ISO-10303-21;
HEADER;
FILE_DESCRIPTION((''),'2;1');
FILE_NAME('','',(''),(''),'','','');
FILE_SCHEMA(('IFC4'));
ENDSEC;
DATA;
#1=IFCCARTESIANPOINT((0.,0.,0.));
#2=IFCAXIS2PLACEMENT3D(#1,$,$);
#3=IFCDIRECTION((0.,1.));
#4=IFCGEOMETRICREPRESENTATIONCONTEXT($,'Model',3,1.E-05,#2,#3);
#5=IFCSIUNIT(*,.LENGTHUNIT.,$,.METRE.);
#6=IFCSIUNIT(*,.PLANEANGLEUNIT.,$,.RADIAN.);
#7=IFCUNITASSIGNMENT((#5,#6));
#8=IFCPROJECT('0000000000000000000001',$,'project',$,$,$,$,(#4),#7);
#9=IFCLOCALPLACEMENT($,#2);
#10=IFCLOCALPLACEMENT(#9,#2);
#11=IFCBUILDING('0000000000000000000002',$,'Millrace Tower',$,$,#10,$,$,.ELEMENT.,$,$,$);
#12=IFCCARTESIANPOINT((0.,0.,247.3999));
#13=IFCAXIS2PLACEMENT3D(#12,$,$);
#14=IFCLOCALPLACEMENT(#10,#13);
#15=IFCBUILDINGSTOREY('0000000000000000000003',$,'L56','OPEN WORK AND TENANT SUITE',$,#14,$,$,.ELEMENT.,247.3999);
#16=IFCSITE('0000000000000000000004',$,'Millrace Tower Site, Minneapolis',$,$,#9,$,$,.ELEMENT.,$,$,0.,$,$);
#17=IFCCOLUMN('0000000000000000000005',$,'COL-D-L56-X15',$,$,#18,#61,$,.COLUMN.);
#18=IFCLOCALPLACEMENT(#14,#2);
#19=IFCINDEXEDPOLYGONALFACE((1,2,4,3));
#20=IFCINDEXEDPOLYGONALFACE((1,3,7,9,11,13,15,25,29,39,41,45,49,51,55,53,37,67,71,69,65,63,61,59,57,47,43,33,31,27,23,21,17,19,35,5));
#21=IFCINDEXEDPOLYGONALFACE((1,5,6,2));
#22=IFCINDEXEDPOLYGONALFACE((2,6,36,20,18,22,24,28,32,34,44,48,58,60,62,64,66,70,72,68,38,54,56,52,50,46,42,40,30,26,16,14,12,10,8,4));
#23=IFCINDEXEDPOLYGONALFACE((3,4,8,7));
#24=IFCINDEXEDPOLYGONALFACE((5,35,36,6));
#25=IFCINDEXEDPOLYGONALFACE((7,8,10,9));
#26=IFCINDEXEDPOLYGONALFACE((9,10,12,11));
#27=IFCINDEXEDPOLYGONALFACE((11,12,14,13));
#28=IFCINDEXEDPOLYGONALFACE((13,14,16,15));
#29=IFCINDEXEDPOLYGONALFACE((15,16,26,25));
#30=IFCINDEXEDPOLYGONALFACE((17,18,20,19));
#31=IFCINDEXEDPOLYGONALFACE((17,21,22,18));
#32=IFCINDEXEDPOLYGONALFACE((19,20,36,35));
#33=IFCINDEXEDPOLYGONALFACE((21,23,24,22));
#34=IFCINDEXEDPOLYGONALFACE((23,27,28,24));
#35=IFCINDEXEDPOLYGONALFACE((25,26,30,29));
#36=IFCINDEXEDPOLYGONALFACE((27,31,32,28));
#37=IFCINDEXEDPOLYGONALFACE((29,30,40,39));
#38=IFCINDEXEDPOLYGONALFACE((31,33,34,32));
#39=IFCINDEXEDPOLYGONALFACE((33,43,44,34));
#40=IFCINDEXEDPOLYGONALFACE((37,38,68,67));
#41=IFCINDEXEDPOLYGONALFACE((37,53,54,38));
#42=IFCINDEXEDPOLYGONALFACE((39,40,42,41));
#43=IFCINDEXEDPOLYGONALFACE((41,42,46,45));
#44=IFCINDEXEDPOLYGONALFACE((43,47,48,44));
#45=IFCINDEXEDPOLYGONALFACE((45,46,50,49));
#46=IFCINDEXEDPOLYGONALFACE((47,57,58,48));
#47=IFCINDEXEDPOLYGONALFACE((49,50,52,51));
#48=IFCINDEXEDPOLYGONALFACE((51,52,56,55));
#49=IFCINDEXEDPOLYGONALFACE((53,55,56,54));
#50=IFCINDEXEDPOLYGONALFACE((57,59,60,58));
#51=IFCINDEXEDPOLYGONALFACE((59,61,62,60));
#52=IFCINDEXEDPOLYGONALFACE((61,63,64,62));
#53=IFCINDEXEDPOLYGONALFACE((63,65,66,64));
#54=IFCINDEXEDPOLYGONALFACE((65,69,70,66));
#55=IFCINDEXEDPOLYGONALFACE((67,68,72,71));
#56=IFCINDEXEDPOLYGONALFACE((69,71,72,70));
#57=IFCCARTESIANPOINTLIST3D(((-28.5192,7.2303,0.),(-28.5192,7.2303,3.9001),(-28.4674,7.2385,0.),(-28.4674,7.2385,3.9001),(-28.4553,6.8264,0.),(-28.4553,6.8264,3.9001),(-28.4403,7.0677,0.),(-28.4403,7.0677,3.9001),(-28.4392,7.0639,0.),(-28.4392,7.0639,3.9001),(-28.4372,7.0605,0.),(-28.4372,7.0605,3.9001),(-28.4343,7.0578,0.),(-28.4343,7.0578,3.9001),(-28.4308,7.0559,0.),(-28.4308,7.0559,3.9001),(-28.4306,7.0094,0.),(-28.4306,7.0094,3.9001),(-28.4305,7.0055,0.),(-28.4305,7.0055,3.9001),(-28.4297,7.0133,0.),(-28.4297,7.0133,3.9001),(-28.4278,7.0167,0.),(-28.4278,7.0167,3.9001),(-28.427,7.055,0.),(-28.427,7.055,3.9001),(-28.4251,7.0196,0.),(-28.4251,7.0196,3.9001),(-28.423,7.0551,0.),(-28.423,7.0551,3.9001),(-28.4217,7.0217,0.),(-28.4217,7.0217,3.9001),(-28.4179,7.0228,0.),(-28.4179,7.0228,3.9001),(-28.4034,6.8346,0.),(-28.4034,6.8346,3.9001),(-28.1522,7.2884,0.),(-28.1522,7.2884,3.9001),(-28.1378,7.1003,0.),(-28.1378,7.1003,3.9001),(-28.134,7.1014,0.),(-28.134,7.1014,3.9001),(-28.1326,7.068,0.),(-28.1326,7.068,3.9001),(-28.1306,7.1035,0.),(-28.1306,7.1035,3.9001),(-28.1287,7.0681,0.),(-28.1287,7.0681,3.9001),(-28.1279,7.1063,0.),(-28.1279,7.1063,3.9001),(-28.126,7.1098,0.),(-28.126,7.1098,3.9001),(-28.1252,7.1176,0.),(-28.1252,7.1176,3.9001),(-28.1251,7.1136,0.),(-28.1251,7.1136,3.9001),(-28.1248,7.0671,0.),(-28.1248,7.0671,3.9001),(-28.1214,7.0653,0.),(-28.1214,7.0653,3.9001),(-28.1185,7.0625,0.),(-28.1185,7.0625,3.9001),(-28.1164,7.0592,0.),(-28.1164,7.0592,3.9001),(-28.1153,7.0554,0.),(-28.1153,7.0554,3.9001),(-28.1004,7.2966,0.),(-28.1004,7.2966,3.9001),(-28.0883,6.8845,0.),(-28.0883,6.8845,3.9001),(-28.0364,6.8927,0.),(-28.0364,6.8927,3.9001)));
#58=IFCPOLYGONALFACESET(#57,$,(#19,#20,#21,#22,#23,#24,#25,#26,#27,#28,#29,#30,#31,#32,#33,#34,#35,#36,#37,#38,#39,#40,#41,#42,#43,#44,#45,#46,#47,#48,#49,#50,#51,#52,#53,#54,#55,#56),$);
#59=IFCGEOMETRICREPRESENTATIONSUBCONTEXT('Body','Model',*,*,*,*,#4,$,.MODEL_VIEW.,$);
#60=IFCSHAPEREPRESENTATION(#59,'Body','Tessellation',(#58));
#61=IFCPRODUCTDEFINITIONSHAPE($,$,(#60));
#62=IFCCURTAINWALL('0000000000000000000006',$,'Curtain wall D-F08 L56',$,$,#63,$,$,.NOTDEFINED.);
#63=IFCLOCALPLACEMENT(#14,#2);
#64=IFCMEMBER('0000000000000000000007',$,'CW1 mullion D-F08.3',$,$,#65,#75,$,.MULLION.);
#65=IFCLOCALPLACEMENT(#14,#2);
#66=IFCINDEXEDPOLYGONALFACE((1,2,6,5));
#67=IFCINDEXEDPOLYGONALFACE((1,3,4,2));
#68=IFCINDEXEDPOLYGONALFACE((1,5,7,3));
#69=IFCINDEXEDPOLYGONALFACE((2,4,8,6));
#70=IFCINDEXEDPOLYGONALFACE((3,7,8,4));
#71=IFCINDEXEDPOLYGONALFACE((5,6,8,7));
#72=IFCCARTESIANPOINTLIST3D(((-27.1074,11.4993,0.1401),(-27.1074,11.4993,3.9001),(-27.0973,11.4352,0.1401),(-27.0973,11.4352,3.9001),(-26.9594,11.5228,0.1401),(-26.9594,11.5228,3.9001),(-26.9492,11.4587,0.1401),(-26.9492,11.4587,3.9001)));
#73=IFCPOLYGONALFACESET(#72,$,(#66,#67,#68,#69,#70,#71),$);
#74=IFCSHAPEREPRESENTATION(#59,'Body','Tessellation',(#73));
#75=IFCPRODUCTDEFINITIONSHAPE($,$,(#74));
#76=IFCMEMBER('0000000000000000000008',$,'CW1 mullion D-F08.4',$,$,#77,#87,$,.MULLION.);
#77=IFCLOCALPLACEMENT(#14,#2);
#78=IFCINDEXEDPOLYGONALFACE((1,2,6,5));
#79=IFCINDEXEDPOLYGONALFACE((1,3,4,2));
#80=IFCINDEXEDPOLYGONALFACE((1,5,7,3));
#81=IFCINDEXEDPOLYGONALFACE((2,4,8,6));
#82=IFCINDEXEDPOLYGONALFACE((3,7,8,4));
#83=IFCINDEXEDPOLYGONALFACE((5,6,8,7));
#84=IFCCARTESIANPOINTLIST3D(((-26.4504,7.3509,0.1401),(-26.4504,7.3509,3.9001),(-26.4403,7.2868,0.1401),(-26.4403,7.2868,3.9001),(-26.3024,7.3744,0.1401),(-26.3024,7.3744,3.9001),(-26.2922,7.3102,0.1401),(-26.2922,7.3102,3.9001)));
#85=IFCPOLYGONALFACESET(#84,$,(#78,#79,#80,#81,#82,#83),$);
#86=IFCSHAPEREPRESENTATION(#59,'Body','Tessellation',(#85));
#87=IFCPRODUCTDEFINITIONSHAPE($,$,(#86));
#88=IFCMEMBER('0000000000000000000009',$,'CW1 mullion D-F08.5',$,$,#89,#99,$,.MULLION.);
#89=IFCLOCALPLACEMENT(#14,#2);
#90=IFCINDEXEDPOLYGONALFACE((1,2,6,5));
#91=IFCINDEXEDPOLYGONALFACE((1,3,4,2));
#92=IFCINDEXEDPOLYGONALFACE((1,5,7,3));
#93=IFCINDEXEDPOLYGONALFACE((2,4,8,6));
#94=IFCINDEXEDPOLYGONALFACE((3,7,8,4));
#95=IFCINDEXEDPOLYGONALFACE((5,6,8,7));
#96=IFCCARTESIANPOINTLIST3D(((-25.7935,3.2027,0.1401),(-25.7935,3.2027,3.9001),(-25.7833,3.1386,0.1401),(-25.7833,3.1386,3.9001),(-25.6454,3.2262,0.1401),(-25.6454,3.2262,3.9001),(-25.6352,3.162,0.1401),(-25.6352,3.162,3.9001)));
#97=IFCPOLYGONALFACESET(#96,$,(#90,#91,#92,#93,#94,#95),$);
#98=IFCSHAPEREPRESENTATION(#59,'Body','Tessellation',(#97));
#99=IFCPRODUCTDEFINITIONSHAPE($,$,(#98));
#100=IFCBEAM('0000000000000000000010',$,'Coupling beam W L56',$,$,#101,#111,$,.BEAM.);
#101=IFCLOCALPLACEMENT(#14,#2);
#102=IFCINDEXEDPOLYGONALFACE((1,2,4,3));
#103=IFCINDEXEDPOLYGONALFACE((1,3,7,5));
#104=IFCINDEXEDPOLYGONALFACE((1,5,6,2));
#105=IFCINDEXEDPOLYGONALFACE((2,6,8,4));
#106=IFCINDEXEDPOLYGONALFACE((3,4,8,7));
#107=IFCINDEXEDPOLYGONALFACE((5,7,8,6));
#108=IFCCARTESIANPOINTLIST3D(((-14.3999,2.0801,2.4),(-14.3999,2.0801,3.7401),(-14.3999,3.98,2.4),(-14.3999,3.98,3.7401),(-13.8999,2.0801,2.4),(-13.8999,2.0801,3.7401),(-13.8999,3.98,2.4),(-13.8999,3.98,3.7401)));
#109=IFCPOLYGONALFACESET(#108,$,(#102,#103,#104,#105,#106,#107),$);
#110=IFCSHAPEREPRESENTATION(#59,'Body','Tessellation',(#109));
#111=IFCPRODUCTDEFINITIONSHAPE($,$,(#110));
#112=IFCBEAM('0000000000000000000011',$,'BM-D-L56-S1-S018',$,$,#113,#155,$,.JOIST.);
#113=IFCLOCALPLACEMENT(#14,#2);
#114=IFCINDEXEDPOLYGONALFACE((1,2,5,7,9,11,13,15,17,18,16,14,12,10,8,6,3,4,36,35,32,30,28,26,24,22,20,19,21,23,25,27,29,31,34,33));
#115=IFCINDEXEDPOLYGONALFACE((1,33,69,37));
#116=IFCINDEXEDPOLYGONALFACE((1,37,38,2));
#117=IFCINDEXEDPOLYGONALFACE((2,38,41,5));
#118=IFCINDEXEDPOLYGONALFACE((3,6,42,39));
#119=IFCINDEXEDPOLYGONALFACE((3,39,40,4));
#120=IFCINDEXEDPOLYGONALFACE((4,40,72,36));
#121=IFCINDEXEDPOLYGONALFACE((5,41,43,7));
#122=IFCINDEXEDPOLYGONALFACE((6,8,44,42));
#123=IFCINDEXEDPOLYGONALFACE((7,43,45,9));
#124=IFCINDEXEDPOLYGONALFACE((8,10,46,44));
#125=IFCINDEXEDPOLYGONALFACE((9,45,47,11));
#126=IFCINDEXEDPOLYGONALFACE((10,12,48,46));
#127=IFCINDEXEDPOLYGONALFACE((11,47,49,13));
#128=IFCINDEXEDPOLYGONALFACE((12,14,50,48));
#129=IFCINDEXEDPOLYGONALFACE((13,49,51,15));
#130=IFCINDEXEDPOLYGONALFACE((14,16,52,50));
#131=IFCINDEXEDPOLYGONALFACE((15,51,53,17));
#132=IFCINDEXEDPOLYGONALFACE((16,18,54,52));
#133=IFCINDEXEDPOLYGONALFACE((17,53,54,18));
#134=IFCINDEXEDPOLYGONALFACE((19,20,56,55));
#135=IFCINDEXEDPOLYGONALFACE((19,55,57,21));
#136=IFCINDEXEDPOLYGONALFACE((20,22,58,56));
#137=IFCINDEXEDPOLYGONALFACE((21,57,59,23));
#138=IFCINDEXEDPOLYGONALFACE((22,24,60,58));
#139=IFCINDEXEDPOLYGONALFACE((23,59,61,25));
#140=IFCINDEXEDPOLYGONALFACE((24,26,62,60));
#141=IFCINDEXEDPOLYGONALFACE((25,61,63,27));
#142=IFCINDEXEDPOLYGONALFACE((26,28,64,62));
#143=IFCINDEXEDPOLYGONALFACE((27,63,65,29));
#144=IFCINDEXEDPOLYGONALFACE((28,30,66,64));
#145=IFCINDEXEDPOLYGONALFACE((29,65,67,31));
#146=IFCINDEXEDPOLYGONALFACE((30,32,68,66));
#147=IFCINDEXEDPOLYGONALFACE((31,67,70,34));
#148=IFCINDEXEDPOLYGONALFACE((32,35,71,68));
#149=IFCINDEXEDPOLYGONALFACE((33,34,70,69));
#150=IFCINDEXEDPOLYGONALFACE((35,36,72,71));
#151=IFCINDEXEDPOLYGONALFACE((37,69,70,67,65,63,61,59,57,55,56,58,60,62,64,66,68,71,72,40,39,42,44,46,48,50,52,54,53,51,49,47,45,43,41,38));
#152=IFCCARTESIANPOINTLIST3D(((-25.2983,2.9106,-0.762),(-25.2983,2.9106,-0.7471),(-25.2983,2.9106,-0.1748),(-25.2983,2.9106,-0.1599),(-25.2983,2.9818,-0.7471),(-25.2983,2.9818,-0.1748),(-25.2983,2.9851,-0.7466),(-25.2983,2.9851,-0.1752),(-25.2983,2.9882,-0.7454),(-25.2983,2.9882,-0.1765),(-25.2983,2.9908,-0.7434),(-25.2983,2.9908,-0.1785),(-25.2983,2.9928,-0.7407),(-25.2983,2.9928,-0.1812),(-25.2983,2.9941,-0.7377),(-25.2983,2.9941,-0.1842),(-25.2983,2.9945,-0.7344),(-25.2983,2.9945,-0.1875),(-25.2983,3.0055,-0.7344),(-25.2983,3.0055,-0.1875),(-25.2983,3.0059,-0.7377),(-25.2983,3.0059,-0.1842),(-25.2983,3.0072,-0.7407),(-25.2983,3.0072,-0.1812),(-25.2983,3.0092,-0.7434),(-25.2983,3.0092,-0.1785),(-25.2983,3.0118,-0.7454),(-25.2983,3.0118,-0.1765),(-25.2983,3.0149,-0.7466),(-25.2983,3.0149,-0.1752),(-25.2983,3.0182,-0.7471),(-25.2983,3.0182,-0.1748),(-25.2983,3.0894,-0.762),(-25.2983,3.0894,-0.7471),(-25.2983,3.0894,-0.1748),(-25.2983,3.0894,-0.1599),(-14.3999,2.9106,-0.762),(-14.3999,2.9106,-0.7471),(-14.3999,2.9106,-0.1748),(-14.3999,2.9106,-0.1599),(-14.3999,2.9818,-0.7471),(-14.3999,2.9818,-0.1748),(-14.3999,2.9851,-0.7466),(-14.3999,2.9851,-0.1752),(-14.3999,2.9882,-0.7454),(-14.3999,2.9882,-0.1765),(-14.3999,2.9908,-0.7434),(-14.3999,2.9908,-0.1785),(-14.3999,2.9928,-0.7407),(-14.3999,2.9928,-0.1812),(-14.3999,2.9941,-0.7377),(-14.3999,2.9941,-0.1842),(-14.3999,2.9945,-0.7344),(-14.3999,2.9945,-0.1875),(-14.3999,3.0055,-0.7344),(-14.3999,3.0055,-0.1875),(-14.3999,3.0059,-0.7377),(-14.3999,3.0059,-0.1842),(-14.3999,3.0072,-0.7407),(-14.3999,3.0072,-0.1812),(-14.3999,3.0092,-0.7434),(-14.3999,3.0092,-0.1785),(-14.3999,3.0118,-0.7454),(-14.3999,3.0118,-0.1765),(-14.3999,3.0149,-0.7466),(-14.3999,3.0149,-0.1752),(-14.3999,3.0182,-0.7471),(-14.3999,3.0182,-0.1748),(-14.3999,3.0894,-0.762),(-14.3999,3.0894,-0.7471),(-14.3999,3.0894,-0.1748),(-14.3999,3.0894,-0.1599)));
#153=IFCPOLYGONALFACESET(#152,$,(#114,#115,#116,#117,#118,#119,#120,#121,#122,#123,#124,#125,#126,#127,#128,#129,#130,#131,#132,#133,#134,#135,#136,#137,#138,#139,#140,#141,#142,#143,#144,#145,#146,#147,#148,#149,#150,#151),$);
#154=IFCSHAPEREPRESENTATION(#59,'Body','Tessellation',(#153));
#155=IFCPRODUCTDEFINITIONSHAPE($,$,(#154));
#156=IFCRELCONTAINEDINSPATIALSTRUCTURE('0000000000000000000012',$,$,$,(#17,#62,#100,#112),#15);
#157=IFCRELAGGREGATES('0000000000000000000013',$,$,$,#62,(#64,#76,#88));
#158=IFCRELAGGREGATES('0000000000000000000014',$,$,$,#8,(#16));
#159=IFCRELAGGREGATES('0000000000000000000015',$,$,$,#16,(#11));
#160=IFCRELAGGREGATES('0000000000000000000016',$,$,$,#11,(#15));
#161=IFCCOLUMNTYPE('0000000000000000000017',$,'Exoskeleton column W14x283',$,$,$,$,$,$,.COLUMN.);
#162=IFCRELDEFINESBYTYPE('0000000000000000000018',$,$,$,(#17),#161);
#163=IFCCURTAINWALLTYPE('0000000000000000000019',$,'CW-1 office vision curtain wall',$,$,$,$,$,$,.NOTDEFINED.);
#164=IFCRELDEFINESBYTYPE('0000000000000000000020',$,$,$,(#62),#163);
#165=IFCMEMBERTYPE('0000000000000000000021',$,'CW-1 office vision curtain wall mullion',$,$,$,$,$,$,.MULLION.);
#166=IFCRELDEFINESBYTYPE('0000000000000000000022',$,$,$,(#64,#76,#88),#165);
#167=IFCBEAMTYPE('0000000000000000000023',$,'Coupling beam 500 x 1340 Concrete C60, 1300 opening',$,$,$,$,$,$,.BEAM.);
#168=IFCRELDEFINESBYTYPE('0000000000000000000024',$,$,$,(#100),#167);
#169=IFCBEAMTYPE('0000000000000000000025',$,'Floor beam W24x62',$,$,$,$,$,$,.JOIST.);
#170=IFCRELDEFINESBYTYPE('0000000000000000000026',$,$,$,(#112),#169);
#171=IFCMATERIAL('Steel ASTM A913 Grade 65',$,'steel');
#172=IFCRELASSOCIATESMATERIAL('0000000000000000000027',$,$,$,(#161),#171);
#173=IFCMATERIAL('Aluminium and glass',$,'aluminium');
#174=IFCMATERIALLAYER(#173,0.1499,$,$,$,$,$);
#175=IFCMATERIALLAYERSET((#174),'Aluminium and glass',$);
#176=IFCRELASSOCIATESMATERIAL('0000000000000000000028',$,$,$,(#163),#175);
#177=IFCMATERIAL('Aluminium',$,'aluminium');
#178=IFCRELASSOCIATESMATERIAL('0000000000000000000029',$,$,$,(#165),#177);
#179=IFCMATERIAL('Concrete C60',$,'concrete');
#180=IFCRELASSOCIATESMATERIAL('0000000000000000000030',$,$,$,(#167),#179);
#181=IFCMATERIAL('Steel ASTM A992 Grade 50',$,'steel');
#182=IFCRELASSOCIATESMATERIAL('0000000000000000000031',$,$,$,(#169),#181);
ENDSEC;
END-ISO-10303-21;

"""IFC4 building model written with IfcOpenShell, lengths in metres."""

from ifc_helpers import new_model, si_unit, direction, frame, origin, origin_2d, place, context, subcontext, project, spatial, rectangle, i_section, extrude, material, layer, layer_set, material_profile, profile_set, type_object, element, aggregate, save


model = new_model("IFC4")

# Units and contexts
model_context = context("Model", 3, precision=1e-05, world=origin(), true_north=direction((0.0, 1.0)))
body_context = subcontext(model_context, "Body", "Model", "MODEL_VIEW")
ifc_project = project(units=[si_unit("LENGTHUNIT", "METRE"), si_unit("PLANEANGLEUNIT", "RADIAN")], contexts=[model_context])

# Site, building, storey
site_placement = place(None, origin())
site = spatial("IfcSite", under=ifc_project, at=site_placement, Name="Millrace Tower Site, Minneapolis", CompositionType="ELEMENT", RefElevation=0.0)
building_placement = place(site_placement, origin())
building = spatial("IfcBuilding", under=site, at=building_placement, Name="Millrace Tower", CompositionType="ELEMENT")
storey_placement = place(building_placement, frame((0.0, 0.0, 247.3999)))
storey = spatial("IfcBuildingStorey", under=building, at=storey_placement, Name="L56", Description="OPEN WORK AND TENANT SUITE", CompositionType="ELEMENT", Elevation=247.3999)

# Column
ifc_material_1 = material(Name="Steel ASTM A913 Grade 65", Category="steel")
ifc_material_profile_1 = material_profile(ifc_material_1, i_section(OverallWidth=0.4089, OverallDepth=0.4241, WebThickness=0.0327, FlangeThickness=0.0525, FilletRadius=0.0151, at=origin_2d()))
ifc_profile_set_1 = profile_set([ifc_material_profile_1], Name="Steel ASTM A913 Grade 65")
column_type = type_object("IfcColumnType", Name="Exoskeleton column W14x283", PredefinedType="COLUMN", material=ifc_profile_set_1)
column_placement = place(storey_placement, frame((-28.2778, 7.0615, 0.0), z_axis=(0.0, 0.0, 1.0), x_axis=(0.156434, -0.987688, 0.0)))
element("IfcColumn", 1, at=column_placement, inside=storey, type_object=column_type, Name="COL-D-L56-X15", PredefinedType="COLUMN", context=body_context, shape_type="SweptSolid", body=[
    extrude(i_section(OverallWidth=0.4089, OverallDepth=0.4241, WebThickness=0.0327, FlangeThickness=0.0525, FilletRadius=0.0151, at=origin_2d()), origin(), (0.0, 0.0, 1.0), 3.9001),
])

# Curtain wall, members
ifc_material_2 = material(Name="Aluminium and glass", Category="aluminium")
ifc_layer_1 = layer(ifc_material_2, 0.1499)
ifc_layer_set_1 = layer_set([ifc_layer_1], Name="Aluminium and glass")
curtain_wall_type = type_object("IfcCurtainWallType", Name="CW-1 office vision curtain wall", PredefinedType="NOTDEFINED", material=ifc_layer_set_1)
placement = place(storey_placement, origin())
curtain_wall = element("IfcCurtainWall", 2, at=placement, inside=storey, type_object=curtain_wall_type, Name="Curtain wall D-F08 L56", PredefinedType="NOTDEFINED")
ifc_material_3 = material(Name="Aluminium", Category="aluminium")
ifc_material_profile_2 = material_profile(ifc_material_3, rectangle(XDim=0.0649, YDim=0.1499, at=origin_2d()))
ifc_profile_set_2 = profile_set([ifc_material_profile_2], Name="Aluminium")
member_type = type_object("IfcMemberType", Name="CW-1 office vision curtain wall mullion", PredefinedType="MULLION", material=ifc_profile_set_2)
member_1_placement = place(storey_placement, frame((-27.0283, 11.479, 0.1401), z_axis=(0.0, 0.0, 1.0), x_axis=(0.156434, -0.987688, 0.0)))
member_1 = element("IfcMember", 3, at=member_1_placement, type_object=member_type, Name="CW1 mullion D-F08.3", PredefinedType="MULLION", context=body_context, shape_type="SweptSolid", body=[
    extrude(rectangle(XDim=0.0649, YDim=0.1499, at=origin_2d()), origin(), (0.0, 0.0, 1.0), 3.76),
])
member_2_placement = place(storey_placement, frame((-26.3713, 7.3306, 0.1401), z_axis=(0.0, 0.0, 1.0), x_axis=(0.156434, -0.987688, 0.0)))
member_2 = element("IfcMember", 4, at=member_2_placement, type_object=member_type, Name="CW1 mullion D-F08.4", PredefinedType="MULLION", context=body_context, shape_type="SweptSolid", body=[
    extrude(rectangle(XDim=0.0649, YDim=0.1499, at=origin_2d()), origin(), (0.0, 0.0, 1.0), 3.76),
])
member_3_placement = place(storey_placement, frame((-25.7144, 3.1824, 0.1401), z_axis=(0.0, 0.0, 1.0), x_axis=(0.156434, -0.987688, 0.0)))
member_3 = element("IfcMember", 5, at=member_3_placement, type_object=member_type, Name="CW1 mullion D-F08.5", PredefinedType="MULLION", context=body_context, shape_type="SweptSolid", body=[
    extrude(rectangle(XDim=0.0649, YDim=0.1499, at=origin_2d()), origin(), (0.0, 0.0, 1.0), 3.76),
])
aggregate(curtain_wall, [member_1, member_2, member_3])

# Beams
ifc_material_4 = material(Name="Concrete C60", Category="concrete")
ifc_material_profile_3 = material_profile(ifc_material_4, rectangle(XDim=0.5, YDim=1.3401, at=origin_2d()))
ifc_profile_set_3 = profile_set([ifc_material_profile_3], Name="Concrete C60")
beam_type_1 = type_object("IfcBeamType", Name="Coupling beam 500 x 1340 Concrete C60, 1300 opening", PredefinedType="BEAM", material=ifc_profile_set_3)
beam_1_placement = place(storey_placement, frame((-14.1499, 2.0801, 3.0701), z_axis=(0.0, 1.0, 0.0), x_axis=(-1.0, 0.0, 0.0)))
element("IfcBeam", 6, at=beam_1_placement, inside=storey, type_object=beam_type_1, Name="Coupling beam W L56", PredefinedType="BEAM", context=body_context, shape_type="SweptSolid", body=[
    extrude(rectangle(XDim=0.5, YDim=1.3401, at=origin_2d()), origin(), (0.0, 0.0, 1.0), 1.8999),
])
ifc_material_5 = material(Name="Steel ASTM A992 Grade 50", Category="steel")
ifc_material_profile_4 = material_profile(ifc_material_5, i_section(OverallWidth=0.1787, OverallDepth=0.6021, WebThickness=0.011, FlangeThickness=0.0149, FilletRadius=0.0127, at=origin_2d()))
ifc_profile_set_4 = profile_set([ifc_material_profile_4], Name="Steel ASTM A992 Grade 50")
beam_type_2 = type_object("IfcBeamType", Name="Floor beam W24x62", PredefinedType="JOIST", material=ifc_profile_set_4)
beam_2_placement = place(storey_placement, frame((-25.2983, 3.0, -0.4609), z_axis=(1.0, 0.0, 0.0), x_axis=(0.0, 1.0, 0.0)))
element("IfcBeam", 7, at=beam_2_placement, inside=storey, type_object=beam_type_2, Name="BM-D-L56-S1-S018", PredefinedType="JOIST", context=body_context, shape_type="SweptSolid", body=[
    extrude(i_section(OverallWidth=0.1787, OverallDepth=0.6021, WebThickness=0.011, FlangeThickness=0.0149, FilletRadius=0.0127, at=origin_2d()), origin(), (0.0, 0.0, 1.0), 10.8984),
])

save(model, "model.ifc")
